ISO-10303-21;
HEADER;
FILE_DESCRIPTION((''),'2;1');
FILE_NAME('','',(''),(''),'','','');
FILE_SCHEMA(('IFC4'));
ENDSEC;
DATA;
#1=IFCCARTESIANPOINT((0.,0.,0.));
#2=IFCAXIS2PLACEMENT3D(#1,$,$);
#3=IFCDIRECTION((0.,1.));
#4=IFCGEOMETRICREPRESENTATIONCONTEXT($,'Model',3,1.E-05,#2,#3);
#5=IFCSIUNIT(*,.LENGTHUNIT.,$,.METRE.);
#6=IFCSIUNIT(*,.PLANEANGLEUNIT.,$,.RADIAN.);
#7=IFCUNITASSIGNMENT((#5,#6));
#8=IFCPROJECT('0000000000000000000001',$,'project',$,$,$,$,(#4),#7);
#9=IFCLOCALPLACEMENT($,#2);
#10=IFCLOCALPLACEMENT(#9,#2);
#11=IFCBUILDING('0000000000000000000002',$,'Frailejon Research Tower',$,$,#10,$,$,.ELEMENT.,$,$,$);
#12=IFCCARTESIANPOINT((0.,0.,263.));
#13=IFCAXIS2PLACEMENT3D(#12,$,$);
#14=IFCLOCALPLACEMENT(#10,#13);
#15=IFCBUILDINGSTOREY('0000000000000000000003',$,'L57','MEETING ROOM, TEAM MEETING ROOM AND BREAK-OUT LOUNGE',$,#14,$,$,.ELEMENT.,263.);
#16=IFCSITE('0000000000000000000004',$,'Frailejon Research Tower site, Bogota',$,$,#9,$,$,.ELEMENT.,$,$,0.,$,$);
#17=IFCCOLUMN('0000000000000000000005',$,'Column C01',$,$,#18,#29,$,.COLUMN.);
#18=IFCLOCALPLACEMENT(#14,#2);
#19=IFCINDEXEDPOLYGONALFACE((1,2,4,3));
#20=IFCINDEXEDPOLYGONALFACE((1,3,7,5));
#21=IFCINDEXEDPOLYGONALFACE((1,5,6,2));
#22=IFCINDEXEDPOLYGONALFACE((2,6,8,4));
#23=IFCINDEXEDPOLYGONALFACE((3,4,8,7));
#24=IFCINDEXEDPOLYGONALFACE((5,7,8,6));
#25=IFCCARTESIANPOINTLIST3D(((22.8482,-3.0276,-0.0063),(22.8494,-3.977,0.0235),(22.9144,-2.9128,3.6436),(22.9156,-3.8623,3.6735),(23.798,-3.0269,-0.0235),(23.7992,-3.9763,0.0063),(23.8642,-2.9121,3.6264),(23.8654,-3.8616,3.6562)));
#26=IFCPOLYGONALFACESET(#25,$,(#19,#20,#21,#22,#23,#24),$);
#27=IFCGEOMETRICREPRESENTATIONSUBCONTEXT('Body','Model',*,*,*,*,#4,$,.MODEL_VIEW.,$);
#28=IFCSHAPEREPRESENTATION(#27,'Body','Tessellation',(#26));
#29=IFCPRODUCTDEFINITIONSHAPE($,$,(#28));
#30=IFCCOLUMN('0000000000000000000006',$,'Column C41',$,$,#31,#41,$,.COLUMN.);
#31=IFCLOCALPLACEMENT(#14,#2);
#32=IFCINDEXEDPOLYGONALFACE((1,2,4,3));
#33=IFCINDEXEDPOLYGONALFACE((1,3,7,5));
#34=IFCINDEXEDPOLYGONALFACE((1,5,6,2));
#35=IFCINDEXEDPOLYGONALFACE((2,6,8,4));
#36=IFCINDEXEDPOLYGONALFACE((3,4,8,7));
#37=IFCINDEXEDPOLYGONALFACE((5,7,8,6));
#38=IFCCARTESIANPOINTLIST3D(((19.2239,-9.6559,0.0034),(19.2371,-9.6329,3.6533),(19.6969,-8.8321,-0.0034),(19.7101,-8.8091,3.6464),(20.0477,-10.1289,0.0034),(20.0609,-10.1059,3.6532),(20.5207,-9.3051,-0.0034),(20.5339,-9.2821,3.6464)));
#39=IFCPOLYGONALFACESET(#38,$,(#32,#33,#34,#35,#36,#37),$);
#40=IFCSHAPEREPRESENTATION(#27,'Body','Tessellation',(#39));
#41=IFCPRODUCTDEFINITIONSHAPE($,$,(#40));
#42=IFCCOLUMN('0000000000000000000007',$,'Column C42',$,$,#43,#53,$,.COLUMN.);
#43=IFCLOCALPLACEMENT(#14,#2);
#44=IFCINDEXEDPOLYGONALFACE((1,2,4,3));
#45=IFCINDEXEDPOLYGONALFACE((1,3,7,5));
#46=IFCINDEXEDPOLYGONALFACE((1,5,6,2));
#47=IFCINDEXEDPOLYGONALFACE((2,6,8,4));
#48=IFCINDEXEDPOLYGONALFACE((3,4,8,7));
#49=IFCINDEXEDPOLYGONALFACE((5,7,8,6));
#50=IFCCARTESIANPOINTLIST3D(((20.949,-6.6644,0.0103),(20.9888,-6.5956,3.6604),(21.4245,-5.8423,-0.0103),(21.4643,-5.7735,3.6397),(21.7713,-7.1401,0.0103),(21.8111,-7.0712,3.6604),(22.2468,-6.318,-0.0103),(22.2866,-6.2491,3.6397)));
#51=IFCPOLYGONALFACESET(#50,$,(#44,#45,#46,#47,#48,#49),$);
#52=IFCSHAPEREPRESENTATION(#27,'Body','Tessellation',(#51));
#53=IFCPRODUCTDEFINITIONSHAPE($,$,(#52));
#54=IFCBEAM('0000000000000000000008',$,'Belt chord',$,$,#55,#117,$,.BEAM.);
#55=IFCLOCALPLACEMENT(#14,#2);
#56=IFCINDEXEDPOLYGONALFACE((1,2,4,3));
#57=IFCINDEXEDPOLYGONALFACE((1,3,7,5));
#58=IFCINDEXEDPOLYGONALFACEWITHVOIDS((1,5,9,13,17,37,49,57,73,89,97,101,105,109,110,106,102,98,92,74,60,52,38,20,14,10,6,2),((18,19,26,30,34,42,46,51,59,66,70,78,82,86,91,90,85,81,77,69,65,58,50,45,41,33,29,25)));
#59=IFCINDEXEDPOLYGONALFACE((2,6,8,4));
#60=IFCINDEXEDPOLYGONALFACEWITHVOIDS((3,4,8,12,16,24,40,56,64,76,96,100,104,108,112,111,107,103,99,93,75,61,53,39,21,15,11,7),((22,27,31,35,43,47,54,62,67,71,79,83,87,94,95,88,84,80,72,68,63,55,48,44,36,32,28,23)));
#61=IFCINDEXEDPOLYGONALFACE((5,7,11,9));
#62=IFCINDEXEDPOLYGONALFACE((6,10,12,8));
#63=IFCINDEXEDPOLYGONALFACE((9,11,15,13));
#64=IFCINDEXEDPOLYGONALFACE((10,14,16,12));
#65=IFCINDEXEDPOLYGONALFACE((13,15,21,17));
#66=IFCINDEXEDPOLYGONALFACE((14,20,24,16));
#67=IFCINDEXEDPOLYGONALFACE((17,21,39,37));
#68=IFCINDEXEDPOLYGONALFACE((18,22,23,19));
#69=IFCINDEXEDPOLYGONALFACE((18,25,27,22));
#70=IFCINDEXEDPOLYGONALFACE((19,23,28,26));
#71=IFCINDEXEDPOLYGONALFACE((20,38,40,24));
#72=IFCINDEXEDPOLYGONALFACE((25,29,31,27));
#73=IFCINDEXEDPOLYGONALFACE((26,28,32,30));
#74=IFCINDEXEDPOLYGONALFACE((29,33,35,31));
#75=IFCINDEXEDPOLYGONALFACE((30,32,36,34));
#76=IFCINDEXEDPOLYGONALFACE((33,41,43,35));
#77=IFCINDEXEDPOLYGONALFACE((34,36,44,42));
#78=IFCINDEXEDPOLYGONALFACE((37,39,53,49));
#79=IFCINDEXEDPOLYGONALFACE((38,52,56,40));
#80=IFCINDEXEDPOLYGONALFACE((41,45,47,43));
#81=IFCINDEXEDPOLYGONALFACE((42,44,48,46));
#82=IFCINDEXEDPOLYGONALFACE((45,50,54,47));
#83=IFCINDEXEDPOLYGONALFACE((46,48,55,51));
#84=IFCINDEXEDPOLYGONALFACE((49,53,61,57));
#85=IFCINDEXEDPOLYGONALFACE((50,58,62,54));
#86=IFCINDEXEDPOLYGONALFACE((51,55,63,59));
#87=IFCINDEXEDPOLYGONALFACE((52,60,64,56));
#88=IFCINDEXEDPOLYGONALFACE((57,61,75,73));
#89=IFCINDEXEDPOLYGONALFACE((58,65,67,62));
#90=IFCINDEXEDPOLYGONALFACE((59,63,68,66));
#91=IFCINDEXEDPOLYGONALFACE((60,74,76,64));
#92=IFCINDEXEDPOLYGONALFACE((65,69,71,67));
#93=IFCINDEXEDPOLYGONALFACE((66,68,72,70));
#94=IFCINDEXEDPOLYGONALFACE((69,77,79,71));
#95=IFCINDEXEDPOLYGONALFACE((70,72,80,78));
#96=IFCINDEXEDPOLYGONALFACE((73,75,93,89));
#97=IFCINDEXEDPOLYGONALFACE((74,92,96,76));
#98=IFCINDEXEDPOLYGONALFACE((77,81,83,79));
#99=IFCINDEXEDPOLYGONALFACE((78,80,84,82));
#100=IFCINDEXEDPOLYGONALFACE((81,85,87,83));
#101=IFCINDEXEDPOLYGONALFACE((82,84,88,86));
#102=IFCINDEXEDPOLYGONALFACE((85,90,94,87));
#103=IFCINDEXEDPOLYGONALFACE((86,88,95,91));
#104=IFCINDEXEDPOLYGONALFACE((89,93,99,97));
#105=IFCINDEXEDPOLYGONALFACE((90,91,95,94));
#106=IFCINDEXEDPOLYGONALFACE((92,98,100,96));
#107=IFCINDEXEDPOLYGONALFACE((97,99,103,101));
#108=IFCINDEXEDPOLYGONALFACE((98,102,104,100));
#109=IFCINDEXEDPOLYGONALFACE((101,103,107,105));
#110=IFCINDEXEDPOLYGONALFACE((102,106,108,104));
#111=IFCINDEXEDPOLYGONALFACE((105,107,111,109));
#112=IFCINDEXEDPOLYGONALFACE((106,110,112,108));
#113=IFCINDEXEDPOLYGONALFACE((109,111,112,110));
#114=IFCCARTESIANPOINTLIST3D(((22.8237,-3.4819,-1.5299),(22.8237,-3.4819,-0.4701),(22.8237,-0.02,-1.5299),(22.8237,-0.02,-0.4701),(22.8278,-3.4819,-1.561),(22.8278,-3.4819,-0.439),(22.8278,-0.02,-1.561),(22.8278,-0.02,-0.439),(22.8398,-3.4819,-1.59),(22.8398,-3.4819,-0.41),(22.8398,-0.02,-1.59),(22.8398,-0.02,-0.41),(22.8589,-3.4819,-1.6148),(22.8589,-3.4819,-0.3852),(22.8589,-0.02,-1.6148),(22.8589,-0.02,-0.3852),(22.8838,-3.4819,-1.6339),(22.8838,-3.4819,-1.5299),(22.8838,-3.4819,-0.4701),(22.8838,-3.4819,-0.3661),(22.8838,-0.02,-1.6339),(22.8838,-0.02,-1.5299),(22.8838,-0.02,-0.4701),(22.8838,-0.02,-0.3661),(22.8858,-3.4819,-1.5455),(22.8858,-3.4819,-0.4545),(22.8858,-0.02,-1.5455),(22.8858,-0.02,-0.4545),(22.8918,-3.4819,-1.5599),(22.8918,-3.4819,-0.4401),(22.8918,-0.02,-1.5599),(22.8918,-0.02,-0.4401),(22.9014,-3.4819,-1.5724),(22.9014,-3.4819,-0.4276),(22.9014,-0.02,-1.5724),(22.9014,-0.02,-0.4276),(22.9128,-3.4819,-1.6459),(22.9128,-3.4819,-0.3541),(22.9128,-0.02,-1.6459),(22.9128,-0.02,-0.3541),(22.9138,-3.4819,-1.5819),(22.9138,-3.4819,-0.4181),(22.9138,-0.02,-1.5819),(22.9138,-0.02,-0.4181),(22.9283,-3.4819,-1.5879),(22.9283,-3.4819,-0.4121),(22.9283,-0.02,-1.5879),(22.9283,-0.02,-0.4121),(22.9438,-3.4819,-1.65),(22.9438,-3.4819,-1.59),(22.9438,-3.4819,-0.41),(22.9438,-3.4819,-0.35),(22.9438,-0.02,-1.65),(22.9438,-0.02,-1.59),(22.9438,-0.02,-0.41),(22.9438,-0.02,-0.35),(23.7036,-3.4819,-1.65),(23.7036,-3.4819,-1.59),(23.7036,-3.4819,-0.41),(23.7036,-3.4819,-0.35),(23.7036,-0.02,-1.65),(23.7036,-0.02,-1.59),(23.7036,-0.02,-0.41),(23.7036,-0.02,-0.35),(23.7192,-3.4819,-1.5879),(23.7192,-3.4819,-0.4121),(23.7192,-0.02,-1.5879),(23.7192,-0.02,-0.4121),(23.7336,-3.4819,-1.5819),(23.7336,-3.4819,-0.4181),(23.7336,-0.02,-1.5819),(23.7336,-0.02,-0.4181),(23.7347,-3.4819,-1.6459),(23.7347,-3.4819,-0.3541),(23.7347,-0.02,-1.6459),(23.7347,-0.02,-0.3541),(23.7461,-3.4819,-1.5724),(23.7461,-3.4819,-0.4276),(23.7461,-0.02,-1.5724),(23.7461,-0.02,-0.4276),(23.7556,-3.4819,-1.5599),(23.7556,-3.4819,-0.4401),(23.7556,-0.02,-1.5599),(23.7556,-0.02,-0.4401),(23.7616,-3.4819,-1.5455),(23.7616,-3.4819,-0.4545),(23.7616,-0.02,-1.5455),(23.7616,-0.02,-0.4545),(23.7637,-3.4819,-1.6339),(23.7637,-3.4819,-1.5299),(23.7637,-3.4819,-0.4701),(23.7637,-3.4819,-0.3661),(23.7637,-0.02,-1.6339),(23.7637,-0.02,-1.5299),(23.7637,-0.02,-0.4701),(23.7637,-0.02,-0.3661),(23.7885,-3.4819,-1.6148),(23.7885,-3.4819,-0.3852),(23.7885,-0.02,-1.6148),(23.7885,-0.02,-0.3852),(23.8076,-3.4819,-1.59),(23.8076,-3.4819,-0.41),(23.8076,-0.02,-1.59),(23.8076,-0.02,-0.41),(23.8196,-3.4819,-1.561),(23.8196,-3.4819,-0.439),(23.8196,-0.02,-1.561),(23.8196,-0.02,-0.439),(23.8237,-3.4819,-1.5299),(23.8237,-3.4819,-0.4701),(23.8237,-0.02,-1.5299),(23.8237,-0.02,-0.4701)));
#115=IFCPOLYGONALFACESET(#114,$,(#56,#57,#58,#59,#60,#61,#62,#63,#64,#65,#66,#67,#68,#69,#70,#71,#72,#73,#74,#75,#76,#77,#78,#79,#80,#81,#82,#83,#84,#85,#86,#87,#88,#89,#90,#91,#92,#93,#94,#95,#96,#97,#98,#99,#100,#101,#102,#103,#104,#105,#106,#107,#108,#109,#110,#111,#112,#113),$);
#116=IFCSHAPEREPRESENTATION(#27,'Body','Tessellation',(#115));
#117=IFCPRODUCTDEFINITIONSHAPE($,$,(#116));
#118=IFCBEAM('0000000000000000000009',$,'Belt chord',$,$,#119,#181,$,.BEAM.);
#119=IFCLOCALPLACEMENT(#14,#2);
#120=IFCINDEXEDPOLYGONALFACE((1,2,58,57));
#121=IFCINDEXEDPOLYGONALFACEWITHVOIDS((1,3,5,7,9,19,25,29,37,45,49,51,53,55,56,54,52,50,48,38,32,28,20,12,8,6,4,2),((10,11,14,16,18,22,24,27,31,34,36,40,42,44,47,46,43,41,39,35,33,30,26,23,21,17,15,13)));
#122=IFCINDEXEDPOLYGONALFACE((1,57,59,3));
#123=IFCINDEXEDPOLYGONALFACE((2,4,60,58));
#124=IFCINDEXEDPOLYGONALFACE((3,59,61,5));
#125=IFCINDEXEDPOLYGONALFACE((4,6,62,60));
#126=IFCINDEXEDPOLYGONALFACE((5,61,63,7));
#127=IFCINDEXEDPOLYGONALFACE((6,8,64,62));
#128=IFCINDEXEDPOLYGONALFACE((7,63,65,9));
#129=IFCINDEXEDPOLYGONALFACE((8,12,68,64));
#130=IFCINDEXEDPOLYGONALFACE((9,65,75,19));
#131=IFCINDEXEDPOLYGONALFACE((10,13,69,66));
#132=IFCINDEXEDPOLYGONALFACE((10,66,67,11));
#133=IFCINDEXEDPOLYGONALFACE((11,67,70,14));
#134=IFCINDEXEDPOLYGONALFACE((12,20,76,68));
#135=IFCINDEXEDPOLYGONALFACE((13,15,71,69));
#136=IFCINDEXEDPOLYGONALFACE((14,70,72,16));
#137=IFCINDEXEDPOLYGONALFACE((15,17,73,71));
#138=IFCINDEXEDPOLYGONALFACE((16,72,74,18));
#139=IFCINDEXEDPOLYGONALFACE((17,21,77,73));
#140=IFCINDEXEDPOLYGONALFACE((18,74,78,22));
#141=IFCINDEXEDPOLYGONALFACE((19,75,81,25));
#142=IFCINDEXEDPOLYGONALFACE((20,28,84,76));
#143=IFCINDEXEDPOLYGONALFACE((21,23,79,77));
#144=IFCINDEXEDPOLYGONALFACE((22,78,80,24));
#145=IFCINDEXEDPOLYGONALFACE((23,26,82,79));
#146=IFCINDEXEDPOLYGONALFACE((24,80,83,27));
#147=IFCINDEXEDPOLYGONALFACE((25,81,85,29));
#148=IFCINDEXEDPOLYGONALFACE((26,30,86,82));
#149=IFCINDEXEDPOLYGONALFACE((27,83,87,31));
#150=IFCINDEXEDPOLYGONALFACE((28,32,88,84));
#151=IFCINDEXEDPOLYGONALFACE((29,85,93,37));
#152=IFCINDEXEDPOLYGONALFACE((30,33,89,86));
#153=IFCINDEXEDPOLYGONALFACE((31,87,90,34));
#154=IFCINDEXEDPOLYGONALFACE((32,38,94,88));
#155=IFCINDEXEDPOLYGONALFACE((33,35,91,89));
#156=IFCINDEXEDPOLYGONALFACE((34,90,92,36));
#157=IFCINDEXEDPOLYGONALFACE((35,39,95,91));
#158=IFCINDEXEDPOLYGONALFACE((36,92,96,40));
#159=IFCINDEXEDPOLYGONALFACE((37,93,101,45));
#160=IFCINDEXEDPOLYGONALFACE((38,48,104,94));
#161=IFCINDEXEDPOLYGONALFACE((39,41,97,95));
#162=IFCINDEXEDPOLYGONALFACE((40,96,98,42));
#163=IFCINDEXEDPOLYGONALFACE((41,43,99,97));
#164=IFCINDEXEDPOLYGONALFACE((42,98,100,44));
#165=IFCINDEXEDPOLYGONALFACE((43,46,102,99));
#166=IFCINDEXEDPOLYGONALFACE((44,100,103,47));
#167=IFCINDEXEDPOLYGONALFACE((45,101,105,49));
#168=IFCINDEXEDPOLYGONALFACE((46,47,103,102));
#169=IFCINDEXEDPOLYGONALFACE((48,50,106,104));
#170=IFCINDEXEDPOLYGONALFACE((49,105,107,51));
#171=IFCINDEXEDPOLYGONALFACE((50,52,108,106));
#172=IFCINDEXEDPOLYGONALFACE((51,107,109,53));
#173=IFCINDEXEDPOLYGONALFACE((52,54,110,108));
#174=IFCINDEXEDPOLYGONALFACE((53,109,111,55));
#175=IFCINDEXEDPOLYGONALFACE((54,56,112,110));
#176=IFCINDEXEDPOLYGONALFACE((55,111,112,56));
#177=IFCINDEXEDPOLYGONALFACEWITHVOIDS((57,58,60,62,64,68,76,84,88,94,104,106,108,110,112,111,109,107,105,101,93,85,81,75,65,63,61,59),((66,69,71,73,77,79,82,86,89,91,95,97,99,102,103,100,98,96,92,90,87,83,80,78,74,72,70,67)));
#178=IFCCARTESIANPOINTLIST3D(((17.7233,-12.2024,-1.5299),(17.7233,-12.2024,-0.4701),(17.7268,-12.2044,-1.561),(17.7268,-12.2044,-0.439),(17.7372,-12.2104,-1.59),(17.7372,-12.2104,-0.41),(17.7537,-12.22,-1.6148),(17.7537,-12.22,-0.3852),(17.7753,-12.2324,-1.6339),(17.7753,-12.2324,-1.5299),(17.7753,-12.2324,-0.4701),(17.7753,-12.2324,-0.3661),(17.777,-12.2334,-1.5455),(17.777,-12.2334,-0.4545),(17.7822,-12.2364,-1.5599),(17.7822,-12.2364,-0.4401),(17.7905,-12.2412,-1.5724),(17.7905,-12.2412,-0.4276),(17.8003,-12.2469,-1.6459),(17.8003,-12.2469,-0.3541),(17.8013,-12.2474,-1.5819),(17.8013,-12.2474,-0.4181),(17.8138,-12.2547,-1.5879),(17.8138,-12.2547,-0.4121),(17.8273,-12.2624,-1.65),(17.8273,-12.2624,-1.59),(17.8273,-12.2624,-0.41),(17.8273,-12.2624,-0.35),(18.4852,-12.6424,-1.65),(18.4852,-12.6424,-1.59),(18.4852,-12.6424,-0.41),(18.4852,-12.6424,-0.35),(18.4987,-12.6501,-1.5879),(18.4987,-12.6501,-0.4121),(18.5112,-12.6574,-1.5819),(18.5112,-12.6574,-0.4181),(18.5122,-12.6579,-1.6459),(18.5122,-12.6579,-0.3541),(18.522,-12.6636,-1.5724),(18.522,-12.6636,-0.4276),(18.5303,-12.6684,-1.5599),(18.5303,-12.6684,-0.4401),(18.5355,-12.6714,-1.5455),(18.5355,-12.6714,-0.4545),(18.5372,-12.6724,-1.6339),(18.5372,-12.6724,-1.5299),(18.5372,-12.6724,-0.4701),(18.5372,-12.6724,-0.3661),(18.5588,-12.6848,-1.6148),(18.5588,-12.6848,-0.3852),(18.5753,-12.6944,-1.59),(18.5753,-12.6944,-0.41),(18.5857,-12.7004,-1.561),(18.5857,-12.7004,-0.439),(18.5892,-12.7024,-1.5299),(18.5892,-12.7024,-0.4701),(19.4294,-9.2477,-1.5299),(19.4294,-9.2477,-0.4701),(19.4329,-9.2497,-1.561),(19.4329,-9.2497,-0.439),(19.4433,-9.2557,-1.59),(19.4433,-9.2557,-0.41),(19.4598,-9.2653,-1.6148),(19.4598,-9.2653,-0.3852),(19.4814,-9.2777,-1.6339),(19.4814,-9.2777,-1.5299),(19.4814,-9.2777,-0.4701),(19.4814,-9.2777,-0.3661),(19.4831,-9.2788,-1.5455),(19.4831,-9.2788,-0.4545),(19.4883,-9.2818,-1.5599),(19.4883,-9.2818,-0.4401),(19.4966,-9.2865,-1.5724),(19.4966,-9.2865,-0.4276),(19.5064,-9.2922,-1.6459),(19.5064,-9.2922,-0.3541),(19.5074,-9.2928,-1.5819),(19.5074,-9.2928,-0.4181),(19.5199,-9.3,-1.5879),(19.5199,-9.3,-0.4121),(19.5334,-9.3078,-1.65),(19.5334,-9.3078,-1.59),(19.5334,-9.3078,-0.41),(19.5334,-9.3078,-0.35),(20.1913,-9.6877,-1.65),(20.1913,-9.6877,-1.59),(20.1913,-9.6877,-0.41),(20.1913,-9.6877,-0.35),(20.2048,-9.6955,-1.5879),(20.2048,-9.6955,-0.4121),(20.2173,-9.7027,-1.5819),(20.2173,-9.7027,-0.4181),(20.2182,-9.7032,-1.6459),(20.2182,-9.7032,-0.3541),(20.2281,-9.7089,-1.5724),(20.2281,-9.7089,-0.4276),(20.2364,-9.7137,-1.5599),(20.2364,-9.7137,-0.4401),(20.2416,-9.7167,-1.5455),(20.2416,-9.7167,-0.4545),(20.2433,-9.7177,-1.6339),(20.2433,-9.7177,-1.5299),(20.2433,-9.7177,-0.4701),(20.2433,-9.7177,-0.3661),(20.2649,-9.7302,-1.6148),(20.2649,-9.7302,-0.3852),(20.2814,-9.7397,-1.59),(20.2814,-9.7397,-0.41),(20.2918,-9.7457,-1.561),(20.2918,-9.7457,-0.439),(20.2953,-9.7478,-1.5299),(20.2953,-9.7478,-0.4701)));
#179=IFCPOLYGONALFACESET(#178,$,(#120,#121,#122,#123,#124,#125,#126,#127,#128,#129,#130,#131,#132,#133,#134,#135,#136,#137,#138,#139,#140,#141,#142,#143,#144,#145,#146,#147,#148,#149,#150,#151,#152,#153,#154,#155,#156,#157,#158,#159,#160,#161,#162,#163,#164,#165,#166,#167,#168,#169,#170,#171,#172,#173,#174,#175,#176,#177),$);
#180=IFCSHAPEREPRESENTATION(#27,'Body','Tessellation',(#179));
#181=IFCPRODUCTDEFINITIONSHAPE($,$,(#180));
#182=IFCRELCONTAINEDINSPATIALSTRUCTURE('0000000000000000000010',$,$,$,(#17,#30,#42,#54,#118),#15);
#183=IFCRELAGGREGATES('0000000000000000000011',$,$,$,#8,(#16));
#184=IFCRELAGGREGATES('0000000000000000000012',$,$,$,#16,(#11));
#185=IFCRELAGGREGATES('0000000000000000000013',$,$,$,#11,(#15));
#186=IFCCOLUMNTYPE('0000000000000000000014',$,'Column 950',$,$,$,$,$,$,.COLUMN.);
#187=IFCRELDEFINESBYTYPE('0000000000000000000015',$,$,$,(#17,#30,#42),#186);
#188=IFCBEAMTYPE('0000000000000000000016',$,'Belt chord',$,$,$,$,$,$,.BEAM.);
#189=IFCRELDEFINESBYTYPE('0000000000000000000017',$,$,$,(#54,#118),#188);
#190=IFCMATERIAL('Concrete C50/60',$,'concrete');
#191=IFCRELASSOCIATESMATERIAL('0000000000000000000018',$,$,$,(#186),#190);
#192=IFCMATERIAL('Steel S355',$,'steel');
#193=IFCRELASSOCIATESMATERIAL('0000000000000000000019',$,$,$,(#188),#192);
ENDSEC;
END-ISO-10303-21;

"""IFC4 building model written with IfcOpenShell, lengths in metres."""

from ifc_helpers import new_model, si_unit, direction, frame, origin, origin_2d, place, context, subcontext, project, spatial, rectangle, hollow_rectangle, extrude, material, material_profile, profile_set, type_object, element, save


model = new_model("IFC4")

# Units and contexts
model_context = context("Model", 3, precision=1e-05, world=origin(), true_north=direction((0.0, 1.0)))
body_context = subcontext(model_context, "Body", "Model", "MODEL_VIEW")
ifc_project = project(units=[si_unit("LENGTHUNIT", "METRE"), si_unit("PLANEANGLEUNIT", "RADIAN")], contexts=[model_context])

# Site, building, storey
site_placement = place(None, origin())
site = spatial("IfcSite", under=ifc_project, at=site_placement, Name="Frailejon Research Tower site, Bogota", CompositionType="ELEMENT", RefElevation=0.0)
building_placement = place(site_placement, origin())
building = spatial("IfcBuilding", under=site, at=building_placement, Name="Frailejon Research Tower", CompositionType="ELEMENT")
storey_placement = place(building_placement, frame((0.0, 0.0, 263.0)))
storey = spatial("IfcBuildingStorey", under=building, at=storey_placement, Name="L57", Description="MEETING ROOM, TEAM MEETING ROOM AND BREAK-OUT LOUNGE", CompositionType="ELEMENT", Elevation=263.0)

# Columns
ifc_material_1 = material(Name="Concrete C50/60", Category="concrete")
ifc_material_profile_1 = material_profile(ifc_material_1, rectangle(XDim=0.95, YDim=0.95, at=origin_2d()), Name="Column 950")
ifc_profile_set_1 = profile_set([ifc_material_profile_1], Name="Concrete C50/60")
column_type = type_object("IfcColumnType", Name="Column 950", PredefinedType="COLUMN", material=ifc_profile_set_1)
column_1_placement = place(storey_placement, frame((23.3237, -3.502, 0.0), z_axis=(0.018115, 0.031417, 0.999342), x_axis=(-0.001297, 0.999506, -0.031399)))
element("IfcColumn", 1, at=column_1_placement, inside=storey, type_object=column_type, Name="Column C01", PredefinedType="COLUMN", context=body_context, shape_type="SweptSolid", body=[
    extrude(rectangle(XDim=0.95, YDim=0.95, at=origin_2d()), origin(), (0.0, 0.0, 1.0), 3.6523),
])
column_2_placement = place(storey_placement, frame((19.8723, -9.4805, 0.0), z_axis=(0.003612, 0.006287, 0.999974), x_axis=(0.49789, 0.86721, -0.007251)))
element("IfcColumn", 2, at=column_2_placement, inside=storey, type_object=column_type, Name="Column C41", PredefinedType="COLUMN", context=body_context, shape_type="SweptSolid", body=[
    extrude(rectangle(XDim=0.95, YDim=0.95, at=origin_2d()), origin(), (0.0, 0.0, 1.0), 3.6499),
])
column_3_placement = place(storey_placement, frame((21.5979, -6.4912, 0.0), z_axis=(0.0109, 0.018858, 0.999763), x_axis=(0.50059, 0.86541, -0.021782)))
element("IfcColumn", 3, at=column_3_placement, inside=storey, type_object=column_type, Name="Column C42", PredefinedType="COLUMN", context=body_context, shape_type="SweptSolid", body=[
    extrude(rectangle(XDim=0.95, YDim=0.95, at=origin_2d()), origin(), (0.0, 0.0, 1.0), 3.6509),
])

# Beams
ifc_material_2 = material(Name="Steel S355", Category="steel")
ifc_material_profile_2 = material_profile(ifc_material_2, hollow_rectangle(XDim=1.0, YDim=1.3, WallThickness=0.0601, InnerFilletRadius=0.0601, OuterFilletRadius=0.1201, at=origin_2d()), Name="Belt chord")
ifc_profile_set_2 = profile_set([ifc_material_profile_2], Name="Steel S355")
beam_type_1 = type_object("IfcBeamType", Name="Belt chord", PredefinedType="BEAM", material=ifc_profile_set_2)
beam_1_placement = place(storey_placement, frame((23.3237, -3.4819, -1.0), z_axis=(0.0, 1.0, 0.0), x_axis=(-1.0, 0.0, 0.0)))
element("IfcBeam", 4, at=beam_1_placement, inside=storey, type_object=beam_type_1, Name="Belt chord", PredefinedType="BEAM", context=body_context, shape_type="SweptSolid", body=[
    extrude(hollow_rectangle(XDim=1.0, YDim=1.3, WallThickness=0.0601, InnerFilletRadius=0.0601, OuterFilletRadius=0.1201, at=origin_2d()), origin(), (0.0, 0.0, 1.0), 3.4619),
])
beam_2_placement = place(storey_placement, frame((18.1562, -12.4524, -1.0), z_axis=(0.500049, 0.865997, 0.0), x_axis=(-0.865997, 0.500049, 0.0)))
element("IfcBeam", 5, at=beam_2_placement, inside=storey, type_object=beam_type_1, Name="Belt chord", PredefinedType="BEAM", context=body_context, shape_type="SweptSolid", body=[
    extrude(hollow_rectangle(XDim=1.0, YDim=1.3, WallThickness=0.0601, InnerFilletRadius=0.0601, OuterFilletRadius=0.1201, at=origin_2d()), origin(), (0.0, 0.0, 1.0), 3.4119),
])

save(model, "model.ifc")
